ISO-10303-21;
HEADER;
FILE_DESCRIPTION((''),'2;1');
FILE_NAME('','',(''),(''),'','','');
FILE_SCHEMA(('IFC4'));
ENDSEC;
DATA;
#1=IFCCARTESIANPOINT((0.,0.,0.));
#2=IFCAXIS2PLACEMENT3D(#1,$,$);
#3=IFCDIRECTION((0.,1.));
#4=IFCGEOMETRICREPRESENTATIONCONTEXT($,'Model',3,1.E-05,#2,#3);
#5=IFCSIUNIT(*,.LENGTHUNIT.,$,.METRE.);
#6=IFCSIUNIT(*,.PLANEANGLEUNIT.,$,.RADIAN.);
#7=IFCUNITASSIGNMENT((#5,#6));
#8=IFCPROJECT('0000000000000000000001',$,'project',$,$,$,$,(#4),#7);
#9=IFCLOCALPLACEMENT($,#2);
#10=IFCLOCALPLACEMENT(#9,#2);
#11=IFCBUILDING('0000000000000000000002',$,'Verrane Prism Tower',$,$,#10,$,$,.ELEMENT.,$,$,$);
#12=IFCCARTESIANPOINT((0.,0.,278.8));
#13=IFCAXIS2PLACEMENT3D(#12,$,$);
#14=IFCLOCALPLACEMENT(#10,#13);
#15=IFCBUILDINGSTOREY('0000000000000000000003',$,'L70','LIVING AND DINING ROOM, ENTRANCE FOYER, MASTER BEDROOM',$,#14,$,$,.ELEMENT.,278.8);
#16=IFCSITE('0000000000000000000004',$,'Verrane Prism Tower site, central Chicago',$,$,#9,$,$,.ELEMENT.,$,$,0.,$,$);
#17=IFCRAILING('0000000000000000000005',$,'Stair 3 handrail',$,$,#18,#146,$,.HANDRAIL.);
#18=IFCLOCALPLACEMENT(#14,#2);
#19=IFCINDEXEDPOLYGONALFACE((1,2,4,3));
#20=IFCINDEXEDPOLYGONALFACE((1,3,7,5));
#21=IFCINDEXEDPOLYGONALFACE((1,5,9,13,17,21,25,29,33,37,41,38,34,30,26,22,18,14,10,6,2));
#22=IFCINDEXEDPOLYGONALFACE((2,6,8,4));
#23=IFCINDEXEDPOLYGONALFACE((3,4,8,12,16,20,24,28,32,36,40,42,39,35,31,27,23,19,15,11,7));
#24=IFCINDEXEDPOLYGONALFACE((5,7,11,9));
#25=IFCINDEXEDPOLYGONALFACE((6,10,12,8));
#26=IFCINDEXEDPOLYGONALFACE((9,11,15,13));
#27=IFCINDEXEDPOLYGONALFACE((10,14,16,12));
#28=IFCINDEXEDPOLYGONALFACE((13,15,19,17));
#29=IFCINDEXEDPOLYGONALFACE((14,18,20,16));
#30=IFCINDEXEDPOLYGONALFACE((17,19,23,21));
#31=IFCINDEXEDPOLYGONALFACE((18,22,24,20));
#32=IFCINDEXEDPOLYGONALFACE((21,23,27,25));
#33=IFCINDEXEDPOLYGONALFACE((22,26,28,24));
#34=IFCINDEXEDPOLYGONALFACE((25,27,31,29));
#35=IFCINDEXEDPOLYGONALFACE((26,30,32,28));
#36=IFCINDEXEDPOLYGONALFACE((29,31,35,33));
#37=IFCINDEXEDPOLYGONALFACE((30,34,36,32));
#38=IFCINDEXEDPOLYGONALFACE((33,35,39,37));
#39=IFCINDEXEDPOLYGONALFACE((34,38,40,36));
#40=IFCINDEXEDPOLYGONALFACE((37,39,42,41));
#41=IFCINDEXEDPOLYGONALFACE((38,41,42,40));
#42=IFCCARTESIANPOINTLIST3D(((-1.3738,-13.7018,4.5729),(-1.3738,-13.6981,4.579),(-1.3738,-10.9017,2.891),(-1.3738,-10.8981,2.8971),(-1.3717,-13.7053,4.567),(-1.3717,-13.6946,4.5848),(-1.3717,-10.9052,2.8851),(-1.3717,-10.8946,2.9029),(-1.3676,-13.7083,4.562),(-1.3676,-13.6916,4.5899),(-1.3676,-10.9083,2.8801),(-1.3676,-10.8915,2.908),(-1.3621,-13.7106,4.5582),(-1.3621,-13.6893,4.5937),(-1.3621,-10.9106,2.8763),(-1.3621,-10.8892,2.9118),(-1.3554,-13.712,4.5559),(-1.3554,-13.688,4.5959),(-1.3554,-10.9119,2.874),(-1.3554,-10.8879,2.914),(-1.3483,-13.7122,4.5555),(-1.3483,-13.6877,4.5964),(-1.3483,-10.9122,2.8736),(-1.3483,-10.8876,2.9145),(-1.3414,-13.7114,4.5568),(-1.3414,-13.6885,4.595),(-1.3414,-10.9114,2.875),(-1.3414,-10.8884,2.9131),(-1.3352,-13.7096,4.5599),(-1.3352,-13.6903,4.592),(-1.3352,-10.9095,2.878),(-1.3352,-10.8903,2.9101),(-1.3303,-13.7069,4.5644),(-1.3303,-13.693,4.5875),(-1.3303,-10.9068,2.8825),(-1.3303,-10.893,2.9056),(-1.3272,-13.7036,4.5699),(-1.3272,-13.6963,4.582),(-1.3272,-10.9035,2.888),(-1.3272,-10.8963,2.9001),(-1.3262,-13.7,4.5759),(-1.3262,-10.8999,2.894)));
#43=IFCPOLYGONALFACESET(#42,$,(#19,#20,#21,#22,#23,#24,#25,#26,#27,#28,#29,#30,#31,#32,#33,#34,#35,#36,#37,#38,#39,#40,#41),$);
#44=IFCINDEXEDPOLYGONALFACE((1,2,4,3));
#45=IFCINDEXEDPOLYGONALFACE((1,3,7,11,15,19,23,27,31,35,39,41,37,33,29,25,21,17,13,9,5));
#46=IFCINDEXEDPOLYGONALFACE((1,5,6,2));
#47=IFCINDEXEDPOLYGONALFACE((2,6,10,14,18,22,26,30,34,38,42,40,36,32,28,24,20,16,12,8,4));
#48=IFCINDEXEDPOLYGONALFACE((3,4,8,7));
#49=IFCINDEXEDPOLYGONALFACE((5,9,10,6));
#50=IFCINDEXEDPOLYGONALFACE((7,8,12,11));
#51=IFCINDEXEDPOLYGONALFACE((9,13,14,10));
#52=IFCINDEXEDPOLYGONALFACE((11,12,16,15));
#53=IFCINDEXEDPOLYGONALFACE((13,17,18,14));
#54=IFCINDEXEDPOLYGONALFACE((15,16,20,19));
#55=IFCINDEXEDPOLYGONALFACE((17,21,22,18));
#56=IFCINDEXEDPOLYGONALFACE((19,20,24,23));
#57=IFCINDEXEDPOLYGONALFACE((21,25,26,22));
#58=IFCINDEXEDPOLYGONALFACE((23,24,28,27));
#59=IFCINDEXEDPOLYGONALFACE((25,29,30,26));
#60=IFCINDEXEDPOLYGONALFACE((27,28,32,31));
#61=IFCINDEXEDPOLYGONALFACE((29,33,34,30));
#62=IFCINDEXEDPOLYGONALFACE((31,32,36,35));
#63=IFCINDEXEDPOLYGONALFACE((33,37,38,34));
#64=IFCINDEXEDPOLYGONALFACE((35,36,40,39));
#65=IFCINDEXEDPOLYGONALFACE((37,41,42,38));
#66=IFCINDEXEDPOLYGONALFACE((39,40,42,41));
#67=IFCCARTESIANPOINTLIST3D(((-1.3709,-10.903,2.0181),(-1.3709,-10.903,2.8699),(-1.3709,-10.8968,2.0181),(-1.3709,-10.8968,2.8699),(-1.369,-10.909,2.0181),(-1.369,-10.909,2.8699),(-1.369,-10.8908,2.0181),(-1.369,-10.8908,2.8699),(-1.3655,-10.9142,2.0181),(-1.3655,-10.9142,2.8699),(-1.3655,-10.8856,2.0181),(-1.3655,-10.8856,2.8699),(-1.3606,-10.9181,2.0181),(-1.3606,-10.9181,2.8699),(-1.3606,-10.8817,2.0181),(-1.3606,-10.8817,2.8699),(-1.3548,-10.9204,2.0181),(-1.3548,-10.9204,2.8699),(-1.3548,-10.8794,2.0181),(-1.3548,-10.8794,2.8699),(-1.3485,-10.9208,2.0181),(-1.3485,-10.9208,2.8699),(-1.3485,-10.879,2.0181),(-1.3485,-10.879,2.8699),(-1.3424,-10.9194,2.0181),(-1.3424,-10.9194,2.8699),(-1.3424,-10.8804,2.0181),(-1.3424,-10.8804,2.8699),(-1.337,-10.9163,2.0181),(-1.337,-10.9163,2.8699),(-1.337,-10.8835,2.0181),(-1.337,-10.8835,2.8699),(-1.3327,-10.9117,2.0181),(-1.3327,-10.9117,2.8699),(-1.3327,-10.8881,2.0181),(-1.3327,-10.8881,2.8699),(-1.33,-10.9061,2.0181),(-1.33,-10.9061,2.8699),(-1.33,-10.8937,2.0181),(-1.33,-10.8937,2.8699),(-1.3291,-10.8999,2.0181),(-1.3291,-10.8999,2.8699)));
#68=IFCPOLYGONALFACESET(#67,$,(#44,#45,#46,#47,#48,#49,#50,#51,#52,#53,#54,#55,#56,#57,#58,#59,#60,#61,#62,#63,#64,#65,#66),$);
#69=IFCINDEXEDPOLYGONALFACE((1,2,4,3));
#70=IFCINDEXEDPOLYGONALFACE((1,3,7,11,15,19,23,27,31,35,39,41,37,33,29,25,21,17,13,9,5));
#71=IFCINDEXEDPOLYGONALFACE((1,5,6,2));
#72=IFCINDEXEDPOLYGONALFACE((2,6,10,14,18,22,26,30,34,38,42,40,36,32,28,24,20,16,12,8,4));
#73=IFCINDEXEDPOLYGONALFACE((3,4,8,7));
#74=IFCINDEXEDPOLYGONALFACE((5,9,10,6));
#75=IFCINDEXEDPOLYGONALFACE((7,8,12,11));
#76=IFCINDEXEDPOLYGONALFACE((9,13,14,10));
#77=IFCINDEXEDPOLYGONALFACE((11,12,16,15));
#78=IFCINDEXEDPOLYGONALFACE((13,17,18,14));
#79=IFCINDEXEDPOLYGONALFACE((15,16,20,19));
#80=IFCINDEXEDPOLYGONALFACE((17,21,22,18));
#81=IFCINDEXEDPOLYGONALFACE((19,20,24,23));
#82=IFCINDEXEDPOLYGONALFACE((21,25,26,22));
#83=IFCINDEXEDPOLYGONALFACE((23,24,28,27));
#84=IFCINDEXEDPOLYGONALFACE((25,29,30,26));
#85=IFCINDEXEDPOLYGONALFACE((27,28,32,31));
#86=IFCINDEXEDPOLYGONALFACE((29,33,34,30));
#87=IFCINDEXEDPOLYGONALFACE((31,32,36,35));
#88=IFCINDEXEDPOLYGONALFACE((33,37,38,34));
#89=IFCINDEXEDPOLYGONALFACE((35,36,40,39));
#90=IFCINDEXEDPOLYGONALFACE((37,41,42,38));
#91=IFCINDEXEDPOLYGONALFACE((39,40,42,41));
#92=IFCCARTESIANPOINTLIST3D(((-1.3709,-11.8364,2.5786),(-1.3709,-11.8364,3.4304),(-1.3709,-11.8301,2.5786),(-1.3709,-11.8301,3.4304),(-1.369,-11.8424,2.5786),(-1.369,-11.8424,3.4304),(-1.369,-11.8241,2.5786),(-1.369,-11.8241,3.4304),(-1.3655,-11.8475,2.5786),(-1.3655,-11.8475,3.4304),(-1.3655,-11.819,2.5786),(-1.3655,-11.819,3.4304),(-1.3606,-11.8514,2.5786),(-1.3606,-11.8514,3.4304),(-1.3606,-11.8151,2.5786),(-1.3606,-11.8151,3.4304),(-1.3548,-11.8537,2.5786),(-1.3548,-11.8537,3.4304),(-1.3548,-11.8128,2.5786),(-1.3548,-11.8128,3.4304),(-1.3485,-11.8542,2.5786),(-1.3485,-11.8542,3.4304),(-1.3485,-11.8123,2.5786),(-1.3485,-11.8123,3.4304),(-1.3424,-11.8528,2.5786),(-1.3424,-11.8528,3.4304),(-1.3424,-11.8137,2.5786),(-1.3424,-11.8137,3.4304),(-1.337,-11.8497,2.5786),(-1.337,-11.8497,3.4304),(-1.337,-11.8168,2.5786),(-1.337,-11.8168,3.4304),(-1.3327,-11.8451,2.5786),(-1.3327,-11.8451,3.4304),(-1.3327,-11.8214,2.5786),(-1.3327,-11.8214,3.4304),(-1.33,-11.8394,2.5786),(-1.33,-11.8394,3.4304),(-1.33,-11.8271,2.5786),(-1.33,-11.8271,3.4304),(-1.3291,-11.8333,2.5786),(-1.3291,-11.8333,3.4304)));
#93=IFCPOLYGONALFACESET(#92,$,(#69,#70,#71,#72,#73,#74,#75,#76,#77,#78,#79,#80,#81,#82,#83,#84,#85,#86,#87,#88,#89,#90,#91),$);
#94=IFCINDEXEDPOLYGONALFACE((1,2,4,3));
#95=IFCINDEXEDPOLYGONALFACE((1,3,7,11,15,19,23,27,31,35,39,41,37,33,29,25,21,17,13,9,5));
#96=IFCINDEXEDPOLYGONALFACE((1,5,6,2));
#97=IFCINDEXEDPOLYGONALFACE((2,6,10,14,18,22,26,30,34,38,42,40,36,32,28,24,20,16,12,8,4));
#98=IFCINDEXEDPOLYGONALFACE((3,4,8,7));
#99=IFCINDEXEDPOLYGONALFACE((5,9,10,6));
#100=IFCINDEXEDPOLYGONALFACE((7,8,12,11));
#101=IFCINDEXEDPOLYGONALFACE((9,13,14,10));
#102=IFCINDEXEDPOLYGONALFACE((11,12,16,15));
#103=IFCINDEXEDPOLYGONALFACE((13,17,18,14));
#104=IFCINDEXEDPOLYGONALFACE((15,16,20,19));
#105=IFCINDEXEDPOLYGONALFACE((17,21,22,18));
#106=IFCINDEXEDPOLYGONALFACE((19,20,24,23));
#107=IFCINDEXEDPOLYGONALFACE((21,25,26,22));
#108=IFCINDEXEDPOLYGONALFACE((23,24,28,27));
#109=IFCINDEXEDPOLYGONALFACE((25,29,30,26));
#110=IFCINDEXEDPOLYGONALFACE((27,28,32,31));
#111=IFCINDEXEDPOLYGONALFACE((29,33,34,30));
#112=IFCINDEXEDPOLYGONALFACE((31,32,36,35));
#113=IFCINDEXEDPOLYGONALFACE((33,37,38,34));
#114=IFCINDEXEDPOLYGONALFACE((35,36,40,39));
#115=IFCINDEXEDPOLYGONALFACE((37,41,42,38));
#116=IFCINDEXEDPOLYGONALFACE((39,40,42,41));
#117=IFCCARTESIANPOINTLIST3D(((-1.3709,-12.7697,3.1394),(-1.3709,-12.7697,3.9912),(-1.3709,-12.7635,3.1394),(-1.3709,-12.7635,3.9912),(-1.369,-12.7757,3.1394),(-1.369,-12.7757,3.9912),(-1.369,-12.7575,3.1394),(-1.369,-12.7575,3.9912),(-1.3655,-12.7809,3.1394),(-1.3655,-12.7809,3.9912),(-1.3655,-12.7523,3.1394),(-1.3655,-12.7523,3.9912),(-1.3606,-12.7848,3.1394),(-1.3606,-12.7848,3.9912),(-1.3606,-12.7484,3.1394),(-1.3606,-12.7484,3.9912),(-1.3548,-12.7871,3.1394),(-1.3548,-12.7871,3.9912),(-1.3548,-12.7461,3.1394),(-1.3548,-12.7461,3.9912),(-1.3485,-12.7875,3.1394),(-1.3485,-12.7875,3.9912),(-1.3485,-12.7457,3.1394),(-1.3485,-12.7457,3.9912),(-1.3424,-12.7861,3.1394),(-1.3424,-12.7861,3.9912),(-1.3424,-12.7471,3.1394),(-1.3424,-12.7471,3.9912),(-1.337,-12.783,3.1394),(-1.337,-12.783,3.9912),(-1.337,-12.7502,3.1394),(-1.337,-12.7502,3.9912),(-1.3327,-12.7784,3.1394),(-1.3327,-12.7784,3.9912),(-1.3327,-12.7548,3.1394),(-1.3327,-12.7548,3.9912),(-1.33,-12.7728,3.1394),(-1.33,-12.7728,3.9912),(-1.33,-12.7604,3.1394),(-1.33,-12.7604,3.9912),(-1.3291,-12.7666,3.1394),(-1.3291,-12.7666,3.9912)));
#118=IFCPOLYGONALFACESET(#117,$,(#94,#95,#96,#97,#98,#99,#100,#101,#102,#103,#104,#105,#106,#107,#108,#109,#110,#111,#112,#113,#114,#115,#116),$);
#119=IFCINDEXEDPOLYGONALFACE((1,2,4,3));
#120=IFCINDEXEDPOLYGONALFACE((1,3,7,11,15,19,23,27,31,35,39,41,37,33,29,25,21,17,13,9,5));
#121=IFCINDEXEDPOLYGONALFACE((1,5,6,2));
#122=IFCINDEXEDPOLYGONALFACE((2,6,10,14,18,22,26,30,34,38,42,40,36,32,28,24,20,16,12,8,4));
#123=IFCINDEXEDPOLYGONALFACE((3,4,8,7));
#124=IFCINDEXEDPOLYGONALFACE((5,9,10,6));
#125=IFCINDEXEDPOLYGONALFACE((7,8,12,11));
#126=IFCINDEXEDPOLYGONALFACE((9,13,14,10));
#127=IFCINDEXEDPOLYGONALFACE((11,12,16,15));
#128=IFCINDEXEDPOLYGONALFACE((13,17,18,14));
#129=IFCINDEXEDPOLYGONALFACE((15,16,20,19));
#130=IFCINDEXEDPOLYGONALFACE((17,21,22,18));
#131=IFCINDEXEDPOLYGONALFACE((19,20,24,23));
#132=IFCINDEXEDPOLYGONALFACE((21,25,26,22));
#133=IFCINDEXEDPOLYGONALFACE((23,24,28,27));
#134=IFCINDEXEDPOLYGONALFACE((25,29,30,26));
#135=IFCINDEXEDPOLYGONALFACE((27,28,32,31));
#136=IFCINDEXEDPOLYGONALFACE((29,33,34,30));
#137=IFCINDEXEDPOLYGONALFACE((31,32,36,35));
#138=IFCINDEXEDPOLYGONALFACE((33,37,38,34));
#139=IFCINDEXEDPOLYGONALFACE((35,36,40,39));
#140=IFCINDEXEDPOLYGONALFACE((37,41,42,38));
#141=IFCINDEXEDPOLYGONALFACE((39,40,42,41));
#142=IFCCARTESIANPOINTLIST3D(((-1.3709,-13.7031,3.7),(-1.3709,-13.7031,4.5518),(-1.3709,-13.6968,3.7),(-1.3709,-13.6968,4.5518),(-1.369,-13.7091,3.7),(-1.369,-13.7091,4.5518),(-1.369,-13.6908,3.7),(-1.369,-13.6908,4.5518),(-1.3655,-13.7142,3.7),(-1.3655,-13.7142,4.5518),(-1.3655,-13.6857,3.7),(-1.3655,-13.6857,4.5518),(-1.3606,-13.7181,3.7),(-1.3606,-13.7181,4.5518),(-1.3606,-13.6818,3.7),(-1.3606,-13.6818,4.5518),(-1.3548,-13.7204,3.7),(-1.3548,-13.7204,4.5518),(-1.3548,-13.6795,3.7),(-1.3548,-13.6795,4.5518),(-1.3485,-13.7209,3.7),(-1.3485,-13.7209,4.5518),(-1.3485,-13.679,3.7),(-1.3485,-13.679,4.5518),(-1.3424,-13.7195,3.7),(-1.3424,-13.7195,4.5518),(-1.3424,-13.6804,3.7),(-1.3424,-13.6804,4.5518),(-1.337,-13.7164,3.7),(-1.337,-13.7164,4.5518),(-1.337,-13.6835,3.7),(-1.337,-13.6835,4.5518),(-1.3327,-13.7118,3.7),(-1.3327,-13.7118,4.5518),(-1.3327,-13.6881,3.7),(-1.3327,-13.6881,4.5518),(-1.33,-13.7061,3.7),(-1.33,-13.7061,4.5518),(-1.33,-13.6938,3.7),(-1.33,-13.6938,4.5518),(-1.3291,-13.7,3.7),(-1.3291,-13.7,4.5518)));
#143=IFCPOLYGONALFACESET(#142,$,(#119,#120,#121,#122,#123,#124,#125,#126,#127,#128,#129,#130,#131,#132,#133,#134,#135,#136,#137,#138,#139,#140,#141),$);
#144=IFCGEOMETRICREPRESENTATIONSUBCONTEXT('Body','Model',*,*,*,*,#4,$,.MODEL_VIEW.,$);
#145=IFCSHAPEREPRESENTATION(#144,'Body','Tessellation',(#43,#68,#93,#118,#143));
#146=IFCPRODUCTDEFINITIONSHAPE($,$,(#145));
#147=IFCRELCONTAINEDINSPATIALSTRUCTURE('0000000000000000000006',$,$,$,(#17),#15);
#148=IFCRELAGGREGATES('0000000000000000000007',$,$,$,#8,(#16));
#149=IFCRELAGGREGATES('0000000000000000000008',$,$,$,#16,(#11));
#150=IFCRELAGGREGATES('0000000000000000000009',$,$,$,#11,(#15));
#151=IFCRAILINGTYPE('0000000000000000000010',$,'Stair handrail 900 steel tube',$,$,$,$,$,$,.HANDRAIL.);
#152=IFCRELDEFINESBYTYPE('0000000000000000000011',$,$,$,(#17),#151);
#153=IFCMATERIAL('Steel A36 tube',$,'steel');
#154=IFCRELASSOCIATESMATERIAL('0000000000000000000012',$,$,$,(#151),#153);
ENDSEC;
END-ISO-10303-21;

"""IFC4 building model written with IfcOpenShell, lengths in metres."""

from ifc_helpers import new_model, si_unit, direction, frame, origin, origin_2d, place, context, subcontext, project, spatial, circle, extrude, material, type_object, element, save


model = new_model("IFC4")

# Units and contexts
model_context = context("Model", 3, precision=1e-05, world=origin(), true_north=direction((0.0, 1.0)))
body_context = subcontext(model_context, "Body", "Model", "MODEL_VIEW")
ifc_project = project(units=[si_unit("LENGTHUNIT", "METRE"), si_unit("PLANEANGLEUNIT", "RADIAN")], contexts=[model_context])

# Site, building, storey
site_placement = place(None, origin())
site = spatial("IfcSite", under=ifc_project, at=site_placement, Name="Verrane Prism Tower site, central Chicago", CompositionType="ELEMENT", RefElevation=0.0)
building_placement = place(site_placement, origin())
building = spatial("IfcBuilding", under=site, at=building_placement, Name="Verrane Prism Tower", CompositionType="ELEMENT")
storey_placement = place(building_placement, frame((0.0, 0.0, 278.8)))
storey = spatial("IfcBuildingStorey", under=building, at=storey_placement, Name="L70", Description="LIVING AND DINING ROOM, ENTRANCE FOYER, MASTER BEDROOM", CompositionType="ELEMENT", Elevation=278.8)

# Railing
ifc_material_1 = material(Name="Steel A36 tube", Category="steel")
railing_type = type_object("IfcRailingType", Name="Stair handrail 900 steel tube", PredefinedType="HANDRAIL", material=ifc_material_1)
railing_placement = place(storey_placement, frame((-1.3501, -10.8999, 2.0181)))
element("IfcRailing", 1, at=railing_placement, inside=storey, type_object=railing_type, Name="Stair 3 handrail", PredefinedType="HANDRAIL", context=body_context, shape_type="SweptSolid", body=[
    extrude(circle(Radius=0.0239, at=origin_2d()), frame((0.0, 0.0, 0.876), z_axis=(0.0, -0.857242, 0.514913), x_axis=(1.0, 0.0, 0.0)), (0.0, 0.0, 1.0), 3.2664),
    extrude(circle(Radius=0.021, at=origin_2d()), origin(), (0.0, 0.0, 1.0), 0.8518),
    extrude(circle(Radius=0.021, at=origin_2d()), frame((0.0, -0.9333, 0.5605)), (0.0, 0.0, 1.0), 0.8518),
    extrude(circle(Radius=0.021, at=origin_2d()), frame((0.0, -1.8667, 1.1213)), (0.0, 0.0, 1.0), 0.8518),
    extrude(circle(Radius=0.021, at=origin_2d()), frame((0.0, -2.8, 1.6819)), (0.0, 0.0, 1.0), 0.8518),
])

save(model, "model.ifc")
